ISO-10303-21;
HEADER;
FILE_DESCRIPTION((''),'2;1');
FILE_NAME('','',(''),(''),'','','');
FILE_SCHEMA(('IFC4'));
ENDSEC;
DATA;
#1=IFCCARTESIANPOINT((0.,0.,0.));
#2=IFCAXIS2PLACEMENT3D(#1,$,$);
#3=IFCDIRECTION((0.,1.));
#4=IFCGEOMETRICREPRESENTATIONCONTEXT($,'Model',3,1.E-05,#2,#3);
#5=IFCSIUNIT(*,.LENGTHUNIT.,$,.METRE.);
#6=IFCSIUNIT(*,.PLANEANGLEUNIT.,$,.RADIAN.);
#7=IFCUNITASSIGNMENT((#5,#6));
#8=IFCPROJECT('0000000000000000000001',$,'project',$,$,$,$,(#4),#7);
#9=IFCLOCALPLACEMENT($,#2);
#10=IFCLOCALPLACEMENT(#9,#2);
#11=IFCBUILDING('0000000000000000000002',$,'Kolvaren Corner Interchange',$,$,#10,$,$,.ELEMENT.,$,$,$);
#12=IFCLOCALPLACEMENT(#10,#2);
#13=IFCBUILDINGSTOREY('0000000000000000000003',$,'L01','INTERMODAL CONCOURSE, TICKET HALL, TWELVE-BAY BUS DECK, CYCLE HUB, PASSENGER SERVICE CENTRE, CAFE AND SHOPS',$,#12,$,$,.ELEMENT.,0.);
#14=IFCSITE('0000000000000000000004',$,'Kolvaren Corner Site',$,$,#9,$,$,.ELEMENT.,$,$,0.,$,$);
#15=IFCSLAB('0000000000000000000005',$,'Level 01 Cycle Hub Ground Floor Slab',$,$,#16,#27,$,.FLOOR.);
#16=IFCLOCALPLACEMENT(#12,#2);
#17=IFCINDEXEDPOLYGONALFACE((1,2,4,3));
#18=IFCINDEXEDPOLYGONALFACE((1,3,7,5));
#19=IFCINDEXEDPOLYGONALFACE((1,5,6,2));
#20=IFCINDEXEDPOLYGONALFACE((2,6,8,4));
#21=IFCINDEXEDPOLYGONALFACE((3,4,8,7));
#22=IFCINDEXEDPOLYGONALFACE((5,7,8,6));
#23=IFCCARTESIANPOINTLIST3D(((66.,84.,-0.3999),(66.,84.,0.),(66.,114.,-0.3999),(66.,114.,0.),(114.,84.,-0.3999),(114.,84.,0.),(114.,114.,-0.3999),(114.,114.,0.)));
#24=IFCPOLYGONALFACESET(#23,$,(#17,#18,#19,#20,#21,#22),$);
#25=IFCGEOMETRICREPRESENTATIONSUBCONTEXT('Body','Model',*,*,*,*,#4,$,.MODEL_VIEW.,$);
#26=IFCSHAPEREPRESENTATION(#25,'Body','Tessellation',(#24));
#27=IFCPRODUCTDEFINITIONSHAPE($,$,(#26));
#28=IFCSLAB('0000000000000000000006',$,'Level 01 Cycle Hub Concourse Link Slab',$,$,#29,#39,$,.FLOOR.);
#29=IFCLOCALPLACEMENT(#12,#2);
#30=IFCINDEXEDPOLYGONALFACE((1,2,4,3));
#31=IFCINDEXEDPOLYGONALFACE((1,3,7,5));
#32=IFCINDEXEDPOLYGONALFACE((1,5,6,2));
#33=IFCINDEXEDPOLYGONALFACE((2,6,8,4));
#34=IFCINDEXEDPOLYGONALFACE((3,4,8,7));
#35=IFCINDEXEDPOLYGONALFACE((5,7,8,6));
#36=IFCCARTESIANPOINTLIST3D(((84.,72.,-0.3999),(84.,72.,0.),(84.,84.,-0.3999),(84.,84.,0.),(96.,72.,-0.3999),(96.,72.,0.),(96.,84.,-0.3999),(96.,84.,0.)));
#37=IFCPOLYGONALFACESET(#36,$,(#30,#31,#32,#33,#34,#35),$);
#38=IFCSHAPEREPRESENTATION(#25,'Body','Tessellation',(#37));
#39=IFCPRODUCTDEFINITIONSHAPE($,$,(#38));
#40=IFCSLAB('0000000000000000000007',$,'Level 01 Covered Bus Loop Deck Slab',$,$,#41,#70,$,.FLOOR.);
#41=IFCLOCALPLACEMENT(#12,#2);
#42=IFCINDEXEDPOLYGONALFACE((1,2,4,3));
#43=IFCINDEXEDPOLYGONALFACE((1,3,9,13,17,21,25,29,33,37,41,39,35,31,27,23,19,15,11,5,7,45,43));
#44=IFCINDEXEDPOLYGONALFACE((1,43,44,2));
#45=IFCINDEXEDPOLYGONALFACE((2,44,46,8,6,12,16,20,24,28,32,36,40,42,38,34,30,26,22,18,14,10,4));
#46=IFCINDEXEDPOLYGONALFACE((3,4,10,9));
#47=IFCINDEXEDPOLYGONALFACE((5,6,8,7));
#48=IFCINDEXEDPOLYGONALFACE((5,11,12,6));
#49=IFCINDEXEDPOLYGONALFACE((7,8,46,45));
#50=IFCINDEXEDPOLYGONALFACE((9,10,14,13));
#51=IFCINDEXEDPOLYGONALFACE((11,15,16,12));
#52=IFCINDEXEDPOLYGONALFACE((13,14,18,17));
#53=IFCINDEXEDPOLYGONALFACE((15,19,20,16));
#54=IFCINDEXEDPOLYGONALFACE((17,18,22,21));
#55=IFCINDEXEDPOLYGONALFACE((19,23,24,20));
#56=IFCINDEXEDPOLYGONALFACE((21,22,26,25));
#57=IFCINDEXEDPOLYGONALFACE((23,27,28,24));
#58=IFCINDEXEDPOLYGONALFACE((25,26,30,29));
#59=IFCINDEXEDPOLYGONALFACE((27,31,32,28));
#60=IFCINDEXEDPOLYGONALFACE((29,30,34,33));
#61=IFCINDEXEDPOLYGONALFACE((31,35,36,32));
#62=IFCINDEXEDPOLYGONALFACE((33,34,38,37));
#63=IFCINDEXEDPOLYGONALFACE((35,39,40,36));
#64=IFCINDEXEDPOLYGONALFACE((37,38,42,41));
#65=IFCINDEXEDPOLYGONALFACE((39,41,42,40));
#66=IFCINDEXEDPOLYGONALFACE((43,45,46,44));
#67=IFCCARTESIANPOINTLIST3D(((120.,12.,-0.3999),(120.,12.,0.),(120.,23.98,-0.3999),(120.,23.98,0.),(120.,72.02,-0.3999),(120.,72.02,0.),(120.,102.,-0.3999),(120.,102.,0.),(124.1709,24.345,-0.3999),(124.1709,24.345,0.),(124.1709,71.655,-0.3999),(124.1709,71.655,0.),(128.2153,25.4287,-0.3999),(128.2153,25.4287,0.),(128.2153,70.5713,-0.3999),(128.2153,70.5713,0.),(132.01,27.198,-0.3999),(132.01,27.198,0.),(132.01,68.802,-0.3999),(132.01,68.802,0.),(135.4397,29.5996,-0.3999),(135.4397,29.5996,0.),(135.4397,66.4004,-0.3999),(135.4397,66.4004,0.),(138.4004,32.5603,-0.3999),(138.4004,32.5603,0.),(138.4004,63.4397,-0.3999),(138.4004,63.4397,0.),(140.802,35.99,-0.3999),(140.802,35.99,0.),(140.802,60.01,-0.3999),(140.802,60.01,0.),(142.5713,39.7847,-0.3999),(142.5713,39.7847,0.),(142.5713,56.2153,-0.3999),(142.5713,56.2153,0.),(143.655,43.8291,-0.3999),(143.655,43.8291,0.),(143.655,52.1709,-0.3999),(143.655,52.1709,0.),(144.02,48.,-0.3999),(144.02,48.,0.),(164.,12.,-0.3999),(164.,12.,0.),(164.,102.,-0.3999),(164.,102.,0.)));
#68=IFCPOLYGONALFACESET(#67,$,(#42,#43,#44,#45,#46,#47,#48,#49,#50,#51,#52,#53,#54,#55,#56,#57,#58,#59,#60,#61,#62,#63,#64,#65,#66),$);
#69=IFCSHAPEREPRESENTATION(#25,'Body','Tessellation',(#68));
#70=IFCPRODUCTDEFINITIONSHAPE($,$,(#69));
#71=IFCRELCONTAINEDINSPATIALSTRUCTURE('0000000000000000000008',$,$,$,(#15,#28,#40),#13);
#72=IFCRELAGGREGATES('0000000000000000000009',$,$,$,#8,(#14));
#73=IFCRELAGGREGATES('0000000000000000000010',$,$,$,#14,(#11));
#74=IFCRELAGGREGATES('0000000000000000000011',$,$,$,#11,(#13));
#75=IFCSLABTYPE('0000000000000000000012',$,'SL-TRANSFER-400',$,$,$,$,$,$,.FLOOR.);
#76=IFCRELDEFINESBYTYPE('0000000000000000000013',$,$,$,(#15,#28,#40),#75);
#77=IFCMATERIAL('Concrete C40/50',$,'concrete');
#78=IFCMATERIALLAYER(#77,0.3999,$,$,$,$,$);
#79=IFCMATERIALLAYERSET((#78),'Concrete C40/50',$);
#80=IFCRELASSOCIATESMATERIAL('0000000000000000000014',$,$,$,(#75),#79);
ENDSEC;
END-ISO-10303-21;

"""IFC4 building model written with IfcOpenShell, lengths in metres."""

from ifc_helpers import new_model, si_unit, direction, frame, origin, place, context, subcontext, project, spatial, polyline, outline, extrude, material, layer, layer_set, type_object, element, save


model = new_model("IFC4")

# Units and contexts
model_context = context("Model", 3, precision=1e-05, world=origin(), true_north=direction((0.0, 1.0)))
body_context = subcontext(model_context, "Body", "Model", "MODEL_VIEW")
ifc_project = project(units=[si_unit("LENGTHUNIT", "METRE"), si_unit("PLANEANGLEUNIT", "RADIAN")], contexts=[model_context])

# Site, building, storey
site_placement = place(None, origin())
site = spatial("IfcSite", under=ifc_project, at=site_placement, Name="Kolvaren Corner Site", CompositionType="ELEMENT", RefElevation=0.0)
building_placement = place(site_placement, origin())
building = spatial("IfcBuilding", under=site, at=building_placement, Name="Kolvaren Corner Interchange", CompositionType="ELEMENT")
storey_placement = place(building_placement, origin())
storey = spatial("IfcBuildingStorey", under=building, at=storey_placement, Name="L01", Description="INTERMODAL CONCOURSE, TICKET HALL, TWELVE-BAY BUS DECK, CYCLE HUB, PASSENGER SERVICE CENTRE, CAFE AND SHOPS", CompositionType="ELEMENT", Elevation=0.0)

# Slabs
ifc_material_1 = material(Name="Concrete C40/50", Category="concrete")
ifc_layer_1 = layer(ifc_material_1, 0.3999)
ifc_layer_set_1 = layer_set([ifc_layer_1], Name="Concrete C40/50")
slab_type_1 = type_object("IfcSlabType", Name="SL-TRANSFER-400", PredefinedType="FLOOR", material=ifc_layer_set_1)
slab_1_placement = place(storey_placement, frame((0.0, 0.0, -0.3999)))
element("IfcSlab", 1, at=slab_1_placement, inside=storey, type_object=slab_type_1, Name="Level 01 Cycle Hub Ground Floor Slab", PredefinedType="FLOOR", context=body_context, shape_type="SweptSolid", body=[
    extrude(outline(polyline([(114.0, 84.0), (114.0, 114.0), (66.0, 114.0), (66.0, 84.0), (114.0, 84.0)])), origin(), (0.0, 0.0, 1.0), 0.3999),
])
slab_2_placement = place(storey_placement, frame((0.0, 0.0, -0.3999)))
element("IfcSlab", 2, at=slab_2_placement, inside=storey, type_object=slab_type_1, Name="Level 01 Cycle Hub Concourse Link Slab", PredefinedType="FLOOR", context=body_context, shape_type="SweptSolid", body=[
    extrude(outline(polyline([(96.0, 72.0), (96.0, 84.0), (84.0, 84.0), (84.0, 72.0), (96.0, 72.0)])), origin(), (0.0, 0.0, 1.0), 0.3999),
])
slab_3_placement = place(storey_placement, frame((0.0, 0.0, -0.3999)))
element("IfcSlab", 3, at=slab_3_placement, inside=storey, type_object=slab_type_1, Name="Level 01 Covered Bus Loop Deck Slab", PredefinedType="FLOOR", context=body_context, shape_type="SweptSolid", body=[
    extrude(outline(polyline([(143.655, 43.8291), (142.5713, 39.7847), (140.802, 35.99), (138.4004, 32.5603), (135.4397, 29.5996), (132.01, 27.198), (128.2153, 25.4287), (124.1709, 24.345), (120.0, 23.98), (120.0, 12.0), (164.0, 12.0), (164.0, 102.0), (120.0, 102.0), (120.0, 72.02), (124.1709, 71.655), (128.2153, 70.5713), (132.01, 68.802), (135.4397, 66.4004), (138.4004, 63.4397), (140.802, 60.01), (142.5713, 56.2153), (143.655, 52.1709), (144.02, 48.0), (143.655, 43.8291)])), origin(), (0.0, 0.0, 1.0), 0.3999),
])

save(model, "model.ifc")
